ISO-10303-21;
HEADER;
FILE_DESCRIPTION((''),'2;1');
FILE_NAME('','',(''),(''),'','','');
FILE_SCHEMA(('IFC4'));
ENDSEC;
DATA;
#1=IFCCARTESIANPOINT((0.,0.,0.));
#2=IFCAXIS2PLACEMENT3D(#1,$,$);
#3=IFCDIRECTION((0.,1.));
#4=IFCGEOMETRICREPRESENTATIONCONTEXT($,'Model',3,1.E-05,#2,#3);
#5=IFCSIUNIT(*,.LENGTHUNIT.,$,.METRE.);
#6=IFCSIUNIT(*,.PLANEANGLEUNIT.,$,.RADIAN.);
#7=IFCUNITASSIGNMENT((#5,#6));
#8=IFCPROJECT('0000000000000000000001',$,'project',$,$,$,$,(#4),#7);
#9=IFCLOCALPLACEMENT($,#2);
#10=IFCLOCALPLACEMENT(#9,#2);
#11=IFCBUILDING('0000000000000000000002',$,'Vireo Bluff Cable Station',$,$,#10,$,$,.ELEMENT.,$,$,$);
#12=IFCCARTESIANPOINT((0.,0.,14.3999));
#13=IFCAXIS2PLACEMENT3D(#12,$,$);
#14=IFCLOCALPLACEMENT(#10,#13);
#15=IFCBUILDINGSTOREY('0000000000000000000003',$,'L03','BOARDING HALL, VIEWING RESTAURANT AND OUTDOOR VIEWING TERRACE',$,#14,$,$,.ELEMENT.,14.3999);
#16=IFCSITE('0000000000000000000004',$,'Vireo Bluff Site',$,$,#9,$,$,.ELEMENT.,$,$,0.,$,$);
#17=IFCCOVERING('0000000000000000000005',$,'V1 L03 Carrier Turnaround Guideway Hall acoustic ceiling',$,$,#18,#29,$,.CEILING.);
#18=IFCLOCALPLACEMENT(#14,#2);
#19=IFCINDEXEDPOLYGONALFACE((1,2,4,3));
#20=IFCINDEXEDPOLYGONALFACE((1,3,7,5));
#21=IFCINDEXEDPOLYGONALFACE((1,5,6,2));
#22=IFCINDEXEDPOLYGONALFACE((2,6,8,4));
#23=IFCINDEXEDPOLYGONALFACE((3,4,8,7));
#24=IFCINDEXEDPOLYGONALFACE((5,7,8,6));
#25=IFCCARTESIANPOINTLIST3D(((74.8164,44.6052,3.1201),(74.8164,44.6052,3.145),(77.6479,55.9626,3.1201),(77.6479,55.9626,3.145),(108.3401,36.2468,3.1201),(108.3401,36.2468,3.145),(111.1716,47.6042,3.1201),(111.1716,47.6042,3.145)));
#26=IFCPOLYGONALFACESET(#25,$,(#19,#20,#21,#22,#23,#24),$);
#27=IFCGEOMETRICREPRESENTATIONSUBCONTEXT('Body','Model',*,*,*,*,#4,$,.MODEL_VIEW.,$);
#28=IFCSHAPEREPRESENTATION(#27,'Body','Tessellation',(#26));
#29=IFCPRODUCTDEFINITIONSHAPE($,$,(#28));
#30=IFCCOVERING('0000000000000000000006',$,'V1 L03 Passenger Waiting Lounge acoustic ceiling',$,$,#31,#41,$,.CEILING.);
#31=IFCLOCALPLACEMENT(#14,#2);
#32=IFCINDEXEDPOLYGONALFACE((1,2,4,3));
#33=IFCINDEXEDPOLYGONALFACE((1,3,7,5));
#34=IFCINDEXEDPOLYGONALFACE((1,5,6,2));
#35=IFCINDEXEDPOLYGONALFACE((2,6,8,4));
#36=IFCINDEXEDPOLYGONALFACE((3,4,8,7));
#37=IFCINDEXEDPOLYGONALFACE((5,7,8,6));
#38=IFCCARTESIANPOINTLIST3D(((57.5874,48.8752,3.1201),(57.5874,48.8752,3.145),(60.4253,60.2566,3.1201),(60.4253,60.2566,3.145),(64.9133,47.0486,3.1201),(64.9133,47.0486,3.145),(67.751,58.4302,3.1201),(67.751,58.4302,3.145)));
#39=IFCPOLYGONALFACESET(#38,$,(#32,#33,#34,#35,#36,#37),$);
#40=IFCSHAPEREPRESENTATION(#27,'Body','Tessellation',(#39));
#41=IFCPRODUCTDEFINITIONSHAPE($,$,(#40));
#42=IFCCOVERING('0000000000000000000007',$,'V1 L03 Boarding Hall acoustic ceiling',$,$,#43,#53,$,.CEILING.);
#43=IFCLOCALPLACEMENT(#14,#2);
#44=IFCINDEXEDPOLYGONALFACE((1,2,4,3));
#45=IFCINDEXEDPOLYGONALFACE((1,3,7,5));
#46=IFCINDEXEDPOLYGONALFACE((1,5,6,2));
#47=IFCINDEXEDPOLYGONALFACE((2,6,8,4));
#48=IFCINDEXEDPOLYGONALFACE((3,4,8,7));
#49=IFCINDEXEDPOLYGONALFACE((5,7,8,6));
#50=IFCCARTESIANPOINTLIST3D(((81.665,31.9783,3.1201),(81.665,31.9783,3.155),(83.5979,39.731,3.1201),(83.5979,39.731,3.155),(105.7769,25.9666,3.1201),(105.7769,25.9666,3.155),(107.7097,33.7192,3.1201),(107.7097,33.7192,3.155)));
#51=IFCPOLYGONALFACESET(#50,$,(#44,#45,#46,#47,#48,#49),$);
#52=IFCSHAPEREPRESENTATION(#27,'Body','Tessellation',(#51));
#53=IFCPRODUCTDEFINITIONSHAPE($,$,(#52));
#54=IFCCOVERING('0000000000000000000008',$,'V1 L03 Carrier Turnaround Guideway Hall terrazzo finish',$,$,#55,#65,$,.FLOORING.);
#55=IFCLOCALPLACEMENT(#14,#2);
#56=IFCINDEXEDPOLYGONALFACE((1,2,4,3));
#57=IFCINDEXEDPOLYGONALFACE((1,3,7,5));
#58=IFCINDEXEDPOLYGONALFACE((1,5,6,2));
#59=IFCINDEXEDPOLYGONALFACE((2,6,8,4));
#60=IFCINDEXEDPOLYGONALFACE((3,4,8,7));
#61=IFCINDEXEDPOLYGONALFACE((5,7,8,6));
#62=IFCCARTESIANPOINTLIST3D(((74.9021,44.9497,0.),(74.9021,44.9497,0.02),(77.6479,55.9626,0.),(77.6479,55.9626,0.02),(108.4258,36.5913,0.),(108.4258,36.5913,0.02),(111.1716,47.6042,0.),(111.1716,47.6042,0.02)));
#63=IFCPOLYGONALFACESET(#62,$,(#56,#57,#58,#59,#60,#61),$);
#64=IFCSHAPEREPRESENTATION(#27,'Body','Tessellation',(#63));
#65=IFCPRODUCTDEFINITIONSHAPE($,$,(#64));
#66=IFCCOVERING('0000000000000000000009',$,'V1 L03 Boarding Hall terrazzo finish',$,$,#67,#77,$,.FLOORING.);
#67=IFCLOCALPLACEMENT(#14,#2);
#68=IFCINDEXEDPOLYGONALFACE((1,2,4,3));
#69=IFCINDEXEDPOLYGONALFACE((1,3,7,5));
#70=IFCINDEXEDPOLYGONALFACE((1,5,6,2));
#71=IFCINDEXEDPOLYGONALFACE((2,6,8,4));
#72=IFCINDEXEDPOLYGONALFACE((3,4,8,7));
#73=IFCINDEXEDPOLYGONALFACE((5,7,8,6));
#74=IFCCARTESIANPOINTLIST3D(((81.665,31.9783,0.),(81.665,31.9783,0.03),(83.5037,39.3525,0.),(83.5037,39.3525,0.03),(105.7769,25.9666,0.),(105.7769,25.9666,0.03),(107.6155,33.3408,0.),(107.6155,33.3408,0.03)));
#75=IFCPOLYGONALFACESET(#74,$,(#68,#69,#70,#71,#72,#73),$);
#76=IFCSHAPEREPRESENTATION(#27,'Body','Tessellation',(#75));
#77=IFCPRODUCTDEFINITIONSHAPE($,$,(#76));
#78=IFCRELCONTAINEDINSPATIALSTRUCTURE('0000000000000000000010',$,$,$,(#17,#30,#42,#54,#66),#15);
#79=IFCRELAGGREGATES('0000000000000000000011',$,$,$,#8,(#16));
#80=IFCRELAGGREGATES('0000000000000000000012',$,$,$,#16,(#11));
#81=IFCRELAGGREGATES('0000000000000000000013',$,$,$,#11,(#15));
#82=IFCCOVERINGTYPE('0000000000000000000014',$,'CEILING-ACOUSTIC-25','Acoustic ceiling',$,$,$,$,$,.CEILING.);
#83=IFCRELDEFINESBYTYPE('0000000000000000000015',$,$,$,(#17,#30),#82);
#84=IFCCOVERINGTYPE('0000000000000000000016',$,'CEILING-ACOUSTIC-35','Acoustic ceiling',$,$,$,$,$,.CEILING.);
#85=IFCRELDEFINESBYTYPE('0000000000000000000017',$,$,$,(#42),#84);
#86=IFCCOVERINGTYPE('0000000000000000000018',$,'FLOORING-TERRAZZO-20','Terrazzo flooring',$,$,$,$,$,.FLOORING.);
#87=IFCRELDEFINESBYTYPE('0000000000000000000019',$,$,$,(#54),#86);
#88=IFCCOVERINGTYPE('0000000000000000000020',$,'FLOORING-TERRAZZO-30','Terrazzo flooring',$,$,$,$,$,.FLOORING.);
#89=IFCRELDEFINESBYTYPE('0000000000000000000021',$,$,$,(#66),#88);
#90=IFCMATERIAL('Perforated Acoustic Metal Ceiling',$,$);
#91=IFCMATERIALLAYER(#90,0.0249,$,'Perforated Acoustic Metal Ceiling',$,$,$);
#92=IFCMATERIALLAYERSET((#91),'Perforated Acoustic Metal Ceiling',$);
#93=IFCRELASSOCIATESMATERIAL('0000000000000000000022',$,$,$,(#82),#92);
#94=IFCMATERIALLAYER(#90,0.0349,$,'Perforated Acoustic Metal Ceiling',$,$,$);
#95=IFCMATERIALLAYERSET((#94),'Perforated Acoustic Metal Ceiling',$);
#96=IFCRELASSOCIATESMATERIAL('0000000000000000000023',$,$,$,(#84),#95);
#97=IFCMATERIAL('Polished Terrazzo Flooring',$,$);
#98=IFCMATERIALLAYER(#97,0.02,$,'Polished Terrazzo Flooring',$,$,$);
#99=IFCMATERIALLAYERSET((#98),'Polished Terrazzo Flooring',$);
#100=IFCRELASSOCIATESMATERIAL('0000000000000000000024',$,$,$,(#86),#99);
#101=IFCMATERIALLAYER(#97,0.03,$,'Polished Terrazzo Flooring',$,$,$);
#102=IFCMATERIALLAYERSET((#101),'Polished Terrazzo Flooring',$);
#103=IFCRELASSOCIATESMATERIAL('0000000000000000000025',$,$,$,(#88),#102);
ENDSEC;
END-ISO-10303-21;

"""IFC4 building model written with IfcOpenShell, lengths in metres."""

from ifc_helpers import new_model, si_unit, direction, frame, origin, place, context, subcontext, project, spatial, polyline, outline, extrude, material, layer, layer_set, type_object, element, save


model = new_model("IFC4")

# Units and contexts
model_context = context("Model", 3, precision=1e-05, world=origin(), true_north=direction((0.0, 1.0)))
body_context = subcontext(model_context, "Body", "Model", "MODEL_VIEW")
ifc_project = project(units=[si_unit("LENGTHUNIT", "METRE"), si_unit("PLANEANGLEUNIT", "RADIAN")], contexts=[model_context])

# Site, building, storey
site_placement = place(None, origin())
site = spatial("IfcSite", under=ifc_project, at=site_placement, Name="Vireo Bluff Site", CompositionType="ELEMENT", RefElevation=0.0)
building_placement = place(site_placement, origin())
building = spatial("IfcBuilding", under=site, at=building_placement, Name="Vireo Bluff Cable Station", CompositionType="ELEMENT")
storey_placement = place(building_placement, frame((0.0, 0.0, 14.3999)))
storey = spatial("IfcBuildingStorey", under=building, at=storey_placement, Name="L03", Description="BOARDING HALL, VIEWING RESTAURANT AND OUTDOOR VIEWING TERRACE", CompositionType="ELEMENT", Elevation=14.3999)

# Coverings
ifc_material_1 = material(Name="Perforated Acoustic Metal Ceiling")
ifc_layer_1 = layer(ifc_material_1, 0.0249, Name="Perforated Acoustic Metal Ceiling")
ifc_layer_set_1 = layer_set([ifc_layer_1], Name="Perforated Acoustic Metal Ceiling")
covering_type_1 = type_object("IfcCoveringType", Name="CEILING-ACOUSTIC-25", Description="Acoustic ceiling", PredefinedType="CEILING", material=ifc_layer_set_1)
covering_1_placement = place(storey_placement, frame((0.0, 0.0, 3.1201)))
element("IfcCovering", 1, at=covering_1_placement, inside=storey, type_object=covering_type_1, Name="V1 L03 Carrier Turnaround Guideway Hall acoustic ceiling", PredefinedType="CEILING", context=body_context, shape_type="SweptSolid", body=[
    extrude(outline(polyline([(74.8164, 44.6052), (108.3401, 36.2468), (111.1716, 47.6042), (77.6479, 55.9626), (74.8164, 44.6052)])), origin(), (0.0, 0.0, 1.0), 0.0249),
])
covering_2_placement = place(storey_placement, frame((0.0, 0.0, 3.1201)))
element("IfcCovering", 2, at=covering_2_placement, inside=storey, type_object=covering_type_1, Name="V1 L03 Passenger Waiting Lounge acoustic ceiling", PredefinedType="CEILING", context=body_context, shape_type="SweptSolid", body=[
    extrude(outline(polyline([(57.5874, 48.8752), (64.9133, 47.0486), (67.751, 58.4302), (60.4253, 60.2566), (57.5874, 48.8752)])), origin(), (0.0, 0.0, 1.0), 0.0249),
])
ifc_layer_2 = layer(ifc_material_1, 0.0349, Name="Perforated Acoustic Metal Ceiling")
ifc_layer_set_2 = layer_set([ifc_layer_2], Name="Perforated Acoustic Metal Ceiling")
covering_type_2 = type_object("IfcCoveringType", Name="CEILING-ACOUSTIC-35", Description="Acoustic ceiling", PredefinedType="CEILING", material=ifc_layer_set_2)
covering_3_placement = place(storey_placement, frame((0.0, 0.0, 3.1201)))
element("IfcCovering", 3, at=covering_3_placement, inside=storey, type_object=covering_type_2, Name="V1 L03 Boarding Hall acoustic ceiling", PredefinedType="CEILING", context=body_context, shape_type="SweptSolid", body=[
    extrude(outline(polyline([(81.665, 31.9783), (105.7769, 25.9666), (107.7097, 33.7192), (83.5979, 39.731), (81.665, 31.9783)])), origin(), (0.0, 0.0, 1.0), 0.0349),
])
ifc_material_2 = material(Name="Polished Terrazzo Flooring")
ifc_layer_3 = layer(ifc_material_2, 0.02, Name="Polished Terrazzo Flooring")
ifc_layer_set_3 = layer_set([ifc_layer_3], Name="Polished Terrazzo Flooring")
covering_type_3 = type_object("IfcCoveringType", Name="FLOORING-TERRAZZO-20", Description="Terrazzo flooring", PredefinedType="FLOORING", material=ifc_layer_set_3)
covering_4_placement = place(storey_placement, origin())
element("IfcCovering", 4, at=covering_4_placement, inside=storey, type_object=covering_type_3, Name="V1 L03 Carrier Turnaround Guideway Hall terrazzo finish", PredefinedType="FLOORING", context=body_context, shape_type="SweptSolid", body=[
    extrude(outline(polyline([(74.9021, 44.9497), (108.4258, 36.5913), (111.1716, 47.6042), (77.6479, 55.9626), (74.9021, 44.9497)])), origin(), (0.0, 0.0, 1.0), 0.02),
])
ifc_layer_4 = layer(ifc_material_2, 0.03, Name="Polished Terrazzo Flooring")
ifc_layer_set_4 = layer_set([ifc_layer_4], Name="Polished Terrazzo Flooring")
covering_type_4 = type_object("IfcCoveringType", Name="FLOORING-TERRAZZO-30", Description="Terrazzo flooring", PredefinedType="FLOORING", material=ifc_layer_set_4)
covering_5_placement = place(storey_placement, origin())
element("IfcCovering", 5, at=covering_5_placement, inside=storey, type_object=covering_type_4, Name="V1 L03 Boarding Hall terrazzo finish", PredefinedType="FLOORING", context=body_context, shape_type="SweptSolid", body=[
    extrude(outline(polyline([(81.665, 31.9783), (105.7769, 25.9666), (107.6155, 33.3408), (83.5037, 39.3525), (81.665, 31.9783)])), origin(), (0.0, 0.0, 1.0), 0.03),
])

save(model, "model.ifc")
